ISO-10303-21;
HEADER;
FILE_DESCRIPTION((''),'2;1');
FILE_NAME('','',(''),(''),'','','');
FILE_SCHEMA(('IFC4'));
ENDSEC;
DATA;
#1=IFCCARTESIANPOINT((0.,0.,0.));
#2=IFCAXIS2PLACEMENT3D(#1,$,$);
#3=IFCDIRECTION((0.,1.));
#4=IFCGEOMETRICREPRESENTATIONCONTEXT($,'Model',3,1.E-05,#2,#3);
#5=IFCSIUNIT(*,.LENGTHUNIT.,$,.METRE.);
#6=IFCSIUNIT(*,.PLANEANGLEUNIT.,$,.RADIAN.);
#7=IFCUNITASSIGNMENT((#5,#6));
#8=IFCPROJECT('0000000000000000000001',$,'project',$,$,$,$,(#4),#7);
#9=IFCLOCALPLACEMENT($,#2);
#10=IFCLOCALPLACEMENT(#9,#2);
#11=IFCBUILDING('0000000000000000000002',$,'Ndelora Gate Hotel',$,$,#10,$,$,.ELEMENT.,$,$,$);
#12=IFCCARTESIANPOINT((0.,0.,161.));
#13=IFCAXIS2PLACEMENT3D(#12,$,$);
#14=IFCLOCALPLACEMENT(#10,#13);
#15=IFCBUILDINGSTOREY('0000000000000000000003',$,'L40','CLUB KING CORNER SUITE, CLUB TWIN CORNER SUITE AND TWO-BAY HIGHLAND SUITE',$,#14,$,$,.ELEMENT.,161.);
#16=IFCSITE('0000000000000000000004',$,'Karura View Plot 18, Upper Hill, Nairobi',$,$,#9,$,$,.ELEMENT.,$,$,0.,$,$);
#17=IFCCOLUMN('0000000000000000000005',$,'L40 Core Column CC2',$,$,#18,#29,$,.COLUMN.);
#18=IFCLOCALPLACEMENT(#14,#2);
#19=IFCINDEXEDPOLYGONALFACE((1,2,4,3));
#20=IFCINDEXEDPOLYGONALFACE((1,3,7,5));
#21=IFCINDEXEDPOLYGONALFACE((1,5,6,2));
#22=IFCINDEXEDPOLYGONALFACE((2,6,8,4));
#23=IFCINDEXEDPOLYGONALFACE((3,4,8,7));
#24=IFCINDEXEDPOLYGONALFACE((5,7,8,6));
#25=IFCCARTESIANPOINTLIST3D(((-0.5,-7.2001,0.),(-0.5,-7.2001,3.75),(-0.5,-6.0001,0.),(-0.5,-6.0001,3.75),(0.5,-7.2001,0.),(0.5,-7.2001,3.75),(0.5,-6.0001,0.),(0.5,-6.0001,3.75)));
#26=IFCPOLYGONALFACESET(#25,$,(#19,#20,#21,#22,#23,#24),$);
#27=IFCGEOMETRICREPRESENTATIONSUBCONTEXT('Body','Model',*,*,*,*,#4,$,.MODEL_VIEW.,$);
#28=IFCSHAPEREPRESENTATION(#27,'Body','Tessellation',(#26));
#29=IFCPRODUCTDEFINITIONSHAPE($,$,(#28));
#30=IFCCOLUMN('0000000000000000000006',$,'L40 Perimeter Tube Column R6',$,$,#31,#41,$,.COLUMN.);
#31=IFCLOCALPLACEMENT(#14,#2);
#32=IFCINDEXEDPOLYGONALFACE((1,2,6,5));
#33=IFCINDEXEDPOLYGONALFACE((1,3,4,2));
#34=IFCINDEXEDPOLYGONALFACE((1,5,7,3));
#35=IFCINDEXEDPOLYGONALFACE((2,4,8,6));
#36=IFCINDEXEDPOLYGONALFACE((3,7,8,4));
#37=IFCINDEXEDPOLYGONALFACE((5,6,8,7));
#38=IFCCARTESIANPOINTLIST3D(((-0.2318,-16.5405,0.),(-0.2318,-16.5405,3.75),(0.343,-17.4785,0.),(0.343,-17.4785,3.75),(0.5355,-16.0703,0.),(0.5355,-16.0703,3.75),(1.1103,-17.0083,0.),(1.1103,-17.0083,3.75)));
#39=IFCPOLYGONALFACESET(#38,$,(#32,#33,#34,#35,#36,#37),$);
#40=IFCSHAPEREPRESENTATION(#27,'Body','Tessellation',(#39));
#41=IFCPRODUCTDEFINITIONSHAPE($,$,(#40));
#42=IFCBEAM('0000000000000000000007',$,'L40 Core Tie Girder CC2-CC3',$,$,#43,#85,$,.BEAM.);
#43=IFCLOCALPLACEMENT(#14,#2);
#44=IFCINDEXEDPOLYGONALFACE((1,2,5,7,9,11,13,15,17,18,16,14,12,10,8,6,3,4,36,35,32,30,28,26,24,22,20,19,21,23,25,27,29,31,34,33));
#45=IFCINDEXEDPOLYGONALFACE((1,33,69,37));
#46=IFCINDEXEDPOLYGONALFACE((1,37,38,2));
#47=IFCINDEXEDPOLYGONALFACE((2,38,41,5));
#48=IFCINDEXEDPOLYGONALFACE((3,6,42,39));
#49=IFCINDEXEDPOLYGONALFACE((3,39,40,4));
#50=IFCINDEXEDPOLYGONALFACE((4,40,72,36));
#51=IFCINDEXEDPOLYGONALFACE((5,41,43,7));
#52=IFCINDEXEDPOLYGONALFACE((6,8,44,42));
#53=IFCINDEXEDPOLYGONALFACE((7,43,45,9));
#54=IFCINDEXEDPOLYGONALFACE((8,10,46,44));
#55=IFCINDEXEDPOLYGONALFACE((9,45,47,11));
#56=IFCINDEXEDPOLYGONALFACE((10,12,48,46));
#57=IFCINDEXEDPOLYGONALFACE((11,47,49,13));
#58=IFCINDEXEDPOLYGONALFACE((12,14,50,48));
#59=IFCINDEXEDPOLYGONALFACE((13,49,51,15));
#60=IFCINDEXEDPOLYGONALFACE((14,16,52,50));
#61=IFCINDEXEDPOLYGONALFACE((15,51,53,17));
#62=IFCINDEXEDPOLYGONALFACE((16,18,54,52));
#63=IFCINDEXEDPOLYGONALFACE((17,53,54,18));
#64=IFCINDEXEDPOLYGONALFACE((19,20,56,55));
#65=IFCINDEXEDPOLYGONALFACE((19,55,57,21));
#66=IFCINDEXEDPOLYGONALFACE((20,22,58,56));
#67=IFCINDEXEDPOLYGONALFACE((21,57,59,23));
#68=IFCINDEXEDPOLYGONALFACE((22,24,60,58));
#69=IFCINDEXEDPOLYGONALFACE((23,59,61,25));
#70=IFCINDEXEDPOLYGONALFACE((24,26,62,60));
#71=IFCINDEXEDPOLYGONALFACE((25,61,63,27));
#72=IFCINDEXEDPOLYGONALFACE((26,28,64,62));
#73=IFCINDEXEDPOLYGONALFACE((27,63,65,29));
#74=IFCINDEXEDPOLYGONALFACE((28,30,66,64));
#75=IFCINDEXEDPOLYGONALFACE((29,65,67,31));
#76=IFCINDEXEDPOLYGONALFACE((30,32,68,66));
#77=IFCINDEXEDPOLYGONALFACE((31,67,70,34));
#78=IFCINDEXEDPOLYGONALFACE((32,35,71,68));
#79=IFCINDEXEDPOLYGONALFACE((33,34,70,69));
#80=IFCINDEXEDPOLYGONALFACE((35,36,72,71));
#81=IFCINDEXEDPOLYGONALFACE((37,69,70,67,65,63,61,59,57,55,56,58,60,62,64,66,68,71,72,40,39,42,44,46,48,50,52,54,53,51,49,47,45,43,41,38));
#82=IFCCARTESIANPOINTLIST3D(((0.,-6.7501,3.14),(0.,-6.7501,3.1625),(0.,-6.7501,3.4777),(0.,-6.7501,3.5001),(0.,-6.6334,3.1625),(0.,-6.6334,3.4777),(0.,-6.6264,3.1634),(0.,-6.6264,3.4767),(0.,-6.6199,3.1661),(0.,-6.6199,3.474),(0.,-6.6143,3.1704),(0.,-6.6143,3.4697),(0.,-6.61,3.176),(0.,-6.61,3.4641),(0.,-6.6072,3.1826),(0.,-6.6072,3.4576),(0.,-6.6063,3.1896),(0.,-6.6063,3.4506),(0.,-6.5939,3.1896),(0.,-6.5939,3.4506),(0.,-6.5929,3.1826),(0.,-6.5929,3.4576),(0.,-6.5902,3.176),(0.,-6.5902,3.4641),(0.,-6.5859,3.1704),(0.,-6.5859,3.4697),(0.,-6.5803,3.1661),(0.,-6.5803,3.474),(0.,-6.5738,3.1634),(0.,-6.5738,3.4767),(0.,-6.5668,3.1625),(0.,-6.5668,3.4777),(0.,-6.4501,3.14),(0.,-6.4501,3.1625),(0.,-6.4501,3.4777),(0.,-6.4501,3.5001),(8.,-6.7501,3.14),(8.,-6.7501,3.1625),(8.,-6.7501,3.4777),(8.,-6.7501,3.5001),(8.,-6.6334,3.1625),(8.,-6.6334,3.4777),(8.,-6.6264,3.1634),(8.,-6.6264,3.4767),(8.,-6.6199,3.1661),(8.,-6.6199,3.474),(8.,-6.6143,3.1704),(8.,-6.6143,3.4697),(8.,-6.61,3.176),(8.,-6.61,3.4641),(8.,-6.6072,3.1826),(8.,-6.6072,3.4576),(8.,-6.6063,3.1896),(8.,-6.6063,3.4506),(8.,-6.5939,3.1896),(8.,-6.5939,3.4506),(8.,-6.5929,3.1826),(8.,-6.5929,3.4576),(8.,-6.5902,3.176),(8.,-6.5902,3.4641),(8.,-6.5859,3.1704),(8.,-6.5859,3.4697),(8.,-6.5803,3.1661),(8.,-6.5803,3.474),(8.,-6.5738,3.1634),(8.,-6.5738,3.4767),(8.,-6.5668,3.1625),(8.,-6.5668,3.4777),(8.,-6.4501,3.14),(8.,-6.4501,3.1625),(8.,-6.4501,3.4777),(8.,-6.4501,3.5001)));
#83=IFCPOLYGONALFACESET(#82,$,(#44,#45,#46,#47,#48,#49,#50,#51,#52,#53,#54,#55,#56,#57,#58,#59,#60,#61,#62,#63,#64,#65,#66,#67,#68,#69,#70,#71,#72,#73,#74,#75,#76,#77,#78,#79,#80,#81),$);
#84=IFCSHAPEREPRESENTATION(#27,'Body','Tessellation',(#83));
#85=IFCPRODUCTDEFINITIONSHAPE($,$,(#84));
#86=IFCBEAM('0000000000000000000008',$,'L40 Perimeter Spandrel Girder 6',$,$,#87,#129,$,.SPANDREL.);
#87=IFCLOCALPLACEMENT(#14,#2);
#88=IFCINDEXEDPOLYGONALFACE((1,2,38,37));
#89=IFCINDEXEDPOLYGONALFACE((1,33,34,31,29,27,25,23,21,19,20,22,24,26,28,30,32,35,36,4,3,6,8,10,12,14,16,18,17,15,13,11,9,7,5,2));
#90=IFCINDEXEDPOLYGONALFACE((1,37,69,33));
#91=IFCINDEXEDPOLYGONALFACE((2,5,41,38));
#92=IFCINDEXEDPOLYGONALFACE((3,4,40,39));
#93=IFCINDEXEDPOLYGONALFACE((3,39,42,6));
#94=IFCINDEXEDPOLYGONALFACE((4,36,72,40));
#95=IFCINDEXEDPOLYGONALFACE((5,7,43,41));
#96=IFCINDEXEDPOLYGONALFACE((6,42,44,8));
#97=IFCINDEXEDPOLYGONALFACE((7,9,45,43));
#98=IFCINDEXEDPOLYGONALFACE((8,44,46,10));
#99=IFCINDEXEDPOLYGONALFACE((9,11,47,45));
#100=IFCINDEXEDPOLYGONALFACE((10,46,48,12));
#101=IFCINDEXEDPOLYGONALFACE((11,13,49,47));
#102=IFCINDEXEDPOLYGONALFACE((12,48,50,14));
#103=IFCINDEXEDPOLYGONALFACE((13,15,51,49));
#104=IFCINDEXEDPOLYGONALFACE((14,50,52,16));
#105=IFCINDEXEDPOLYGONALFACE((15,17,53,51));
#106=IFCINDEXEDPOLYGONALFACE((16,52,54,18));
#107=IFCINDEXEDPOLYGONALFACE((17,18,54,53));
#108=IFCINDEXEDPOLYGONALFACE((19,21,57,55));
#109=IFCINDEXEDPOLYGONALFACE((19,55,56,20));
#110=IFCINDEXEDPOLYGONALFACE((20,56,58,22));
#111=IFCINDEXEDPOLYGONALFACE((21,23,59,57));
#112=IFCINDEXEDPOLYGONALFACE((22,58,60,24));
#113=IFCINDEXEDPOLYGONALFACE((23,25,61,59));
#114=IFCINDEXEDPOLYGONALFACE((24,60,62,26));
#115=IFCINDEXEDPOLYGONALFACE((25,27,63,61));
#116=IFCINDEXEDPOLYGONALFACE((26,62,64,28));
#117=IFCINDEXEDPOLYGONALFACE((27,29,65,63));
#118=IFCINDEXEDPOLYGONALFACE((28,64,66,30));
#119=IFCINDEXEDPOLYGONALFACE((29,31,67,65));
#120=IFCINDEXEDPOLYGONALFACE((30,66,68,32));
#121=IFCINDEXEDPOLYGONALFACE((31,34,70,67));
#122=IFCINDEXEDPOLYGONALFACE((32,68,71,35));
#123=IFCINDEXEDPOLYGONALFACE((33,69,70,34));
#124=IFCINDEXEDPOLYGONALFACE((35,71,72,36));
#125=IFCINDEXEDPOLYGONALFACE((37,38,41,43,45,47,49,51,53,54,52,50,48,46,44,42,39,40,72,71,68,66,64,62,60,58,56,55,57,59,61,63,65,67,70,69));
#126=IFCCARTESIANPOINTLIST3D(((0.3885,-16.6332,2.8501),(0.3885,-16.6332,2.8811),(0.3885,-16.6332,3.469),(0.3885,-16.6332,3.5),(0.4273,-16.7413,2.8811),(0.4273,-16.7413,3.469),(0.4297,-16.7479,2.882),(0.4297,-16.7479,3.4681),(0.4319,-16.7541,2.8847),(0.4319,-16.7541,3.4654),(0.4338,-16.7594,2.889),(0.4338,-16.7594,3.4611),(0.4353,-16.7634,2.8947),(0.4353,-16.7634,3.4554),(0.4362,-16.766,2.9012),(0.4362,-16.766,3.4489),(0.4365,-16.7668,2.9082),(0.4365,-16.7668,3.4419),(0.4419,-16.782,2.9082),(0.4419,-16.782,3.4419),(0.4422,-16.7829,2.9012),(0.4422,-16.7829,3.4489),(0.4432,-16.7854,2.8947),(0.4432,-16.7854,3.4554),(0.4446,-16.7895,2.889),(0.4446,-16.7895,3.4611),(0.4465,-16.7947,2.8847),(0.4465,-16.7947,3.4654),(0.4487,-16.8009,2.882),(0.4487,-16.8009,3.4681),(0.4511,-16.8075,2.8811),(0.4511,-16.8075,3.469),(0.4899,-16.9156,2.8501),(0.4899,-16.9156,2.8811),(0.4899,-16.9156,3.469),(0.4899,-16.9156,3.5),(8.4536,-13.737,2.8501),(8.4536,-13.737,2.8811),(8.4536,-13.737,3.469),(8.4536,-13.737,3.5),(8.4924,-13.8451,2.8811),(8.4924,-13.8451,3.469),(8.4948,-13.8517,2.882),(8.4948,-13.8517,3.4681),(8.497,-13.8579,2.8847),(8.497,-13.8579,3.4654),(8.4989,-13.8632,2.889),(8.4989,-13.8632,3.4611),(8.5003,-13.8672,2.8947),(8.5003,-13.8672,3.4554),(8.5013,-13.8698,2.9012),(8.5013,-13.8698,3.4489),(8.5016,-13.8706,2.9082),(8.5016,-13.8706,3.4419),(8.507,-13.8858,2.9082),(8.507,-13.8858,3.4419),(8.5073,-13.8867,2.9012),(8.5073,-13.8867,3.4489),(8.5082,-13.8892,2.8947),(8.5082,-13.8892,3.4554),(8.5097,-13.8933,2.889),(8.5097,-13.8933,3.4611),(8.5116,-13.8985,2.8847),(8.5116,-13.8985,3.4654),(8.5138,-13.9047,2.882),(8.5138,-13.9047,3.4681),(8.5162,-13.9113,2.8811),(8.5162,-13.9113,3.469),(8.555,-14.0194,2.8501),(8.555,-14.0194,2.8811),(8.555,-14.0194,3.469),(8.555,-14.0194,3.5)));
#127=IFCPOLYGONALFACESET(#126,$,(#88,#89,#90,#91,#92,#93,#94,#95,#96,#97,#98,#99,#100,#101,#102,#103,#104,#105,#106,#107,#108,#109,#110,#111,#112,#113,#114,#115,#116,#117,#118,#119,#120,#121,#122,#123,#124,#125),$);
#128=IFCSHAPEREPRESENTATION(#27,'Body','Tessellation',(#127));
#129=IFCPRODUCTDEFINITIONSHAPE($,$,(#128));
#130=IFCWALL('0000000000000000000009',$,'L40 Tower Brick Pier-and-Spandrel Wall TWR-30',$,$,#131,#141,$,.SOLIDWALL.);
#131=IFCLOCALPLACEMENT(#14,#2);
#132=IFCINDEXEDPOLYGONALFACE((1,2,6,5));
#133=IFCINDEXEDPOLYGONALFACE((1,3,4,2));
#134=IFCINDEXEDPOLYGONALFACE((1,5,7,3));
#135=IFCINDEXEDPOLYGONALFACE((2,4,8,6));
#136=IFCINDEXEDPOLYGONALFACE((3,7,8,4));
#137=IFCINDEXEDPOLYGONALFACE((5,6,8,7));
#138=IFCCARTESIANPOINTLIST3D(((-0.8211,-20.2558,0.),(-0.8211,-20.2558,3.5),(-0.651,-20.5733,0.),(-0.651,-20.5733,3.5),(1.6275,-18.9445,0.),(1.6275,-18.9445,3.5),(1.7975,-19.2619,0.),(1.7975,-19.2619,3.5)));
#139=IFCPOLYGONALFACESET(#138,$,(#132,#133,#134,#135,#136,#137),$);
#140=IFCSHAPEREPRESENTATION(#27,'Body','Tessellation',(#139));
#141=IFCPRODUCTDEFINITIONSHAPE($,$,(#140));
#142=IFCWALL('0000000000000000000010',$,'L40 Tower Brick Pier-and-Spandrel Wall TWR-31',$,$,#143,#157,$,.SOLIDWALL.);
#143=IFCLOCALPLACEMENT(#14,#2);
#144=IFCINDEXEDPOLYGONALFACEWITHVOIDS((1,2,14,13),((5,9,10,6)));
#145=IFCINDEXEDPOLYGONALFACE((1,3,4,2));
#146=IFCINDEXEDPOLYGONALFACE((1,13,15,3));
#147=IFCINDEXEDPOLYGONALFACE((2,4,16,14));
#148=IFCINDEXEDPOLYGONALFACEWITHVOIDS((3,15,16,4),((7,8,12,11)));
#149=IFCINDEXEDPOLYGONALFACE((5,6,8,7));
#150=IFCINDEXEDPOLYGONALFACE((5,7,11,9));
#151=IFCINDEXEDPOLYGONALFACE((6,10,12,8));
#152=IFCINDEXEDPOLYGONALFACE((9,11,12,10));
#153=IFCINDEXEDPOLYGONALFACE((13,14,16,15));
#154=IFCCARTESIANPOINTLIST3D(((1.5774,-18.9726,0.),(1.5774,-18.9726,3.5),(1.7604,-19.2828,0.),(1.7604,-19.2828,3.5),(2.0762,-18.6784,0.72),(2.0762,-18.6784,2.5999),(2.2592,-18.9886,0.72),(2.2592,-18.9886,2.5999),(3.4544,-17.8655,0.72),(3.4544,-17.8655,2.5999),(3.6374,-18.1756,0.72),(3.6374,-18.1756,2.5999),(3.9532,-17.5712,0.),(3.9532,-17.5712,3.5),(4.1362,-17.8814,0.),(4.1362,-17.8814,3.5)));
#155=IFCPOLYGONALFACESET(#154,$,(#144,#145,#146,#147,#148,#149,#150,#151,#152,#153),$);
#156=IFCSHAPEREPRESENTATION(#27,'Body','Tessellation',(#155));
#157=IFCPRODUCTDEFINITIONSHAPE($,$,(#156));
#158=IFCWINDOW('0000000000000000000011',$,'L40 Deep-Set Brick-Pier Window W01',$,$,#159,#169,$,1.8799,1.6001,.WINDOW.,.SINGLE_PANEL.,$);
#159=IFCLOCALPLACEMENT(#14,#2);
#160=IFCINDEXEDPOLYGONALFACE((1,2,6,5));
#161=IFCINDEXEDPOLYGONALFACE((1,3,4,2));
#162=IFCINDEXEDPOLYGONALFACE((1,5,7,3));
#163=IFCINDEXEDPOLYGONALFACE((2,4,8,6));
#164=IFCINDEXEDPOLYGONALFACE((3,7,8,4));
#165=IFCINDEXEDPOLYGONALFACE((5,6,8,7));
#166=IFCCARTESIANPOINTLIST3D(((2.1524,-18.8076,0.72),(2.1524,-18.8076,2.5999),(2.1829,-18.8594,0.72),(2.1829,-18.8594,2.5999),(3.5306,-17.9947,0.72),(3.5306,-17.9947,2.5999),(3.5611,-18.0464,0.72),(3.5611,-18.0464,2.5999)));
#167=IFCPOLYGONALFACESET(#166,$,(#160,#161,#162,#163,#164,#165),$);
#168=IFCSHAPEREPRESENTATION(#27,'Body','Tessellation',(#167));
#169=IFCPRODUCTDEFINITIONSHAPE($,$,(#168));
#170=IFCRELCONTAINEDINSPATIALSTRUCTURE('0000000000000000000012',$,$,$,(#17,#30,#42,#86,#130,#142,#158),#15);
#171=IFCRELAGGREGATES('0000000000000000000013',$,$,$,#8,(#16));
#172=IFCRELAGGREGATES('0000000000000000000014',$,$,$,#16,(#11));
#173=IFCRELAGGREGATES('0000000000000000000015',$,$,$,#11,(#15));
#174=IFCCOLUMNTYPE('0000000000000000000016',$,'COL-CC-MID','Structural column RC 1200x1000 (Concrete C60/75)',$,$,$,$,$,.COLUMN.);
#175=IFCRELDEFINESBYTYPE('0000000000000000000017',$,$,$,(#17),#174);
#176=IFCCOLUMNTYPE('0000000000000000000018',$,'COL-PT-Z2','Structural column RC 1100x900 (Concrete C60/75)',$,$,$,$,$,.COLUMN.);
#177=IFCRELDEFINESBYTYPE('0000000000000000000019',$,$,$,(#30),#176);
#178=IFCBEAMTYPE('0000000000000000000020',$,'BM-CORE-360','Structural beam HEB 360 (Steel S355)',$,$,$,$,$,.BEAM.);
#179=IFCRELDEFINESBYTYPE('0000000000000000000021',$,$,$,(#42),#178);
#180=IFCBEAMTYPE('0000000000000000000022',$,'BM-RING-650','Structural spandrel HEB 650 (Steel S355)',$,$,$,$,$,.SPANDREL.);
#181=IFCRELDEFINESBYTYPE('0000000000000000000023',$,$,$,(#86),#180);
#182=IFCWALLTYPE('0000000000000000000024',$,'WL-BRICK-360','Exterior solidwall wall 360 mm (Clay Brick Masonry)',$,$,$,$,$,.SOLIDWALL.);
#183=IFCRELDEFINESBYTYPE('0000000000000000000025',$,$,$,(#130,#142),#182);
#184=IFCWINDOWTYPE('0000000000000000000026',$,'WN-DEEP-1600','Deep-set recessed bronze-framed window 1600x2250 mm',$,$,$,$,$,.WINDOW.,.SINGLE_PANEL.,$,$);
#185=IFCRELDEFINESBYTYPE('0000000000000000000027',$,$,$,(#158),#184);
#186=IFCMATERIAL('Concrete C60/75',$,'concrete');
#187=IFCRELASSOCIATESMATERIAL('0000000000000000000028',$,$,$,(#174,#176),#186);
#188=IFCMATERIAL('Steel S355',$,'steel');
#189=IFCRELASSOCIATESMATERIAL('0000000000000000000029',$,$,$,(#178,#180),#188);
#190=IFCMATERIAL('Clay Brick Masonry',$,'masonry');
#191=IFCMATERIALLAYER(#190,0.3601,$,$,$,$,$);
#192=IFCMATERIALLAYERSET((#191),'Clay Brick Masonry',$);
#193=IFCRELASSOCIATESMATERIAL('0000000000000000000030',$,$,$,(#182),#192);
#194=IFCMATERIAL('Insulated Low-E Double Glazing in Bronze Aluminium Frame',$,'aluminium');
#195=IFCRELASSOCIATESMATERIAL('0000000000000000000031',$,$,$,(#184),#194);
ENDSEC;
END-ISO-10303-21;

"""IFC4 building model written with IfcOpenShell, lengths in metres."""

from ifc_helpers import new_model, si_unit, direction, frame, frame_2d, origin, origin_2d, place, context, subcontext, project, spatial, rectangle, i_section, extrude, material, layer, layer_set, material_profile, profile_set, type_object, element, fill, save


model = new_model("IFC4")

# Units and contexts
model_context = context("Model", 3, precision=1e-05, world=origin(), true_north=direction((0.0, 1.0)))
body_context = subcontext(model_context, "Body", "Model", "MODEL_VIEW")
ifc_project = project(units=[si_unit("LENGTHUNIT", "METRE"), si_unit("PLANEANGLEUNIT", "RADIAN")], contexts=[model_context])

# Site, building, storey
site_placement = place(None, origin())
site = spatial("IfcSite", under=ifc_project, at=site_placement, Name="Karura View Plot 18, Upper Hill, Nairobi", CompositionType="ELEMENT", RefElevation=0.0)
building_placement = place(site_placement, origin())
building = spatial("IfcBuilding", under=site, at=building_placement, Name="Ndelora Gate Hotel", CompositionType="ELEMENT")
storey_placement = place(building_placement, frame((0.0, 0.0, 161.0)))
storey = spatial("IfcBuildingStorey", under=building, at=storey_placement, Name="L40", Description="CLUB KING CORNER SUITE, CLUB TWIN CORNER SUITE AND TWO-BAY HIGHLAND SUITE", CompositionType="ELEMENT", Elevation=161.0)

# Columns
ifc_material_1 = material(Name="Concrete C60/75", Category="concrete")
ifc_material_profile_1 = material_profile(ifc_material_1, rectangle(XDim=1.0, YDim=1.2, at=origin_2d()), Name="RC 1200x1000")
ifc_profile_set_1 = profile_set([ifc_material_profile_1], Name="Concrete C60/75")
column_type_1 = type_object("IfcColumnType", Name="COL-CC-MID", Description="Structural column RC 1200x1000 (Concrete C60/75)", PredefinedType="COLUMN", material=ifc_profile_set_1)
column_1_placement = place(storey_placement, frame((0.0, -6.6001, 0.0), z_axis=(0.0, 0.0, 1.0), x_axis=(1.0, 0.0, 0.0)))
element("IfcColumn", 1, at=column_1_placement, inside=storey, type_object=column_type_1, Name="L40 Core Column CC2", PredefinedType="COLUMN", context=body_context, shape_type="SweptSolid", body=[
    extrude(rectangle(XDim=1.0, YDim=1.2, at=origin_2d()), origin(), (0.0, 0.0, 1.0), 3.75),
])
ifc_material_profile_2 = material_profile(ifc_material_1, rectangle(XDim=0.8999, YDim=1.1001, at=origin_2d()), Name="RC 1100x900")
ifc_profile_set_2 = profile_set([ifc_material_profile_2], Name="Concrete C60/75")
column_type_2 = type_object("IfcColumnType", Name="COL-PT-Z2", Description="Structural column RC 1100x900 (Concrete C60/75)", PredefinedType="COLUMN", material=ifc_profile_set_2)
column_2_placement = place(storey_placement, frame((0.4392, -16.7744, 0.0), z_axis=(0.0, 0.0, 1.0), x_axis=(0.85264, 0.522499, 0.0)))
element("IfcColumn", 2, at=column_2_placement, inside=storey, type_object=column_type_2, Name="L40 Perimeter Tube Column R6", PredefinedType="COLUMN", context=body_context, shape_type="SweptSolid", body=[
    extrude(rectangle(XDim=0.8999, YDim=1.1001, at=origin_2d()), origin(), (0.0, 0.0, 1.0), 3.75),
])

# Beams
ifc_material_2 = material(Name="Steel S355", Category="steel")
ifc_material_profile_3 = material_profile(ifc_material_2, i_section(OverallWidth=0.3, OverallDepth=0.3601, WebThickness=0.0125, FlangeThickness=0.0225, FilletRadius=0.0271, at=origin_2d()), Name="HEB 360")
ifc_profile_set_3 = profile_set([ifc_material_profile_3], Name="Steel S355")
beam_type_1 = type_object("IfcBeamType", Name="BM-CORE-360", Description="Structural beam HEB 360 (Steel S355)", PredefinedType="BEAM", material=ifc_profile_set_3)
beam_1_placement = place(storey_placement, frame((0.0, -6.6001, 3.3201), z_axis=(1.0, 0.0, 0.0), x_axis=(0.0, 1.0, 0.0)))
element("IfcBeam", 3, at=beam_1_placement, inside=storey, type_object=beam_type_1, Name="L40 Core Tie Girder CC2-CC3", PredefinedType="BEAM", context=body_context, shape_type="SweptSolid", body=[
    extrude(i_section(OverallWidth=0.3, OverallDepth=0.3601, WebThickness=0.0125, FlangeThickness=0.0225, FilletRadius=0.0271, at=origin_2d()), origin(), (0.0, 0.0, 1.0), 8.0),
])
ifc_material_profile_4 = material_profile(ifc_material_2, i_section(OverallWidth=0.3, OverallDepth=0.6499, WebThickness=0.0161, FlangeThickness=0.031, FilletRadius=0.0271, at=origin_2d()), Name="HEB 650")
ifc_profile_set_4 = profile_set([ifc_material_profile_4], Name="Steel S355")
beam_type_2 = type_object("IfcBeamType", Name="BM-RING-650", Description="Structural spandrel HEB 650 (Steel S355)", PredefinedType="SPANDREL", material=ifc_profile_set_4)
beam_2_placement = place(storey_placement, frame((0.4392, -16.7744, 3.175), z_axis=(0.941156, 0.337973, 0.0), x_axis=(-0.337973, 0.941156, 0.0)))
element("IfcBeam", 4, at=beam_2_placement, inside=storey, type_object=beam_type_2, Name="L40 Perimeter Spandrel Girder 6", PredefinedType="SPANDREL", context=body_context, shape_type="SweptSolid", body=[
    extrude(i_section(OverallWidth=0.3, OverallDepth=0.6499, WebThickness=0.0161, FlangeThickness=0.031, FilletRadius=0.0271, at=origin_2d()), origin(), (0.0, 0.0, 1.0), 8.5693),
])

# Wall
ifc_material_3 = material(Name="Clay Brick Masonry", Category="masonry")
ifc_layer_1 = layer(ifc_material_3, 0.3601)
ifc_layer_set_1 = layer_set([ifc_layer_1], Name="Clay Brick Masonry")
wall_type_1 = type_object("IfcWallType", Name="WL-BRICK-360", Description="Exterior solidwall wall 360 mm (Clay Brick Masonry)", PredefinedType="SOLIDWALL", material=ifc_layer_set_1)
wall_1_placement = place(storey_placement, frame((1.7124, -19.1033, 0.0), z_axis=(0.0, 0.0, 1.0), x_axis=(-0.881541, -0.472107, 0.0)))
element("IfcWall", 5, at=wall_1_placement, inside=storey, type_object=wall_type_1, Name="L40 Tower Brick Pier-and-Spandrel Wall TWR-30", PredefinedType="SOLIDWALL", context=body_context, shape_type="SweptSolid", body=[
    extrude(rectangle(XDim=2.7776, YDim=0.3601, at=frame_2d((1.3887, 0.0))), origin(), (0.0, 0.0, 1.0), 3.5),
])

# Wall, opening, window
wall_2_placement = place(storey_placement, frame((4.0447, -17.7263, 0.0), z_axis=(0.0, 0.0, 1.0), x_axis=(-0.861319, -0.508064, 0.0)))
wall_2 = element("IfcWall", 6, at=wall_2_placement, inside=storey, type_object=wall_type_1, Name="L40 Tower Brick Pier-and-Spandrel Wall TWR-31", PredefinedType="SOLIDWALL", context=body_context, shape_type="SweptSolid", body=[
    extrude(rectangle(XDim=2.7583, YDim=0.3601, at=frame_2d((1.3792, 0.0))), origin(), (0.0, 0.0, 1.0), 3.5),
])
opening_1_placement = place(wall_2_placement, frame((0.5791, 0.0, 0.72)))
opening_1 = element("IfcOpeningElement", 7, at=opening_1_placement, cuts=wall_2, PredefinedType="OPENING", context=body_context, shape_type="SweptSolid", body=[
    extrude(rectangle(XDim=1.6001, YDim=1.8799, at=frame_2d((0.8, 0.9399))), frame((0.0, 0.1899, 0.0), z_axis=(0.0, -1.0, 0.0), x_axis=(1.0, 0.0, 0.0)), (0.0, 0.0, 1.0), 0.3801),
])
ifc_material_4 = material(Name="Insulated Low-E Double Glazing in Bronze Aluminium Frame", Category="aluminium")
window_type = type_object("IfcWindowType", Name="WN-DEEP-1600", Description="Deep-set recessed bronze-framed window 1600x2250 mm", PartitioningType="SINGLE_PANEL", PredefinedType="WINDOW", material=ifc_material_4)
window_placement = place(opening_1_placement, origin())
window = element("IfcWindow", 8, at=window_placement, inside=storey, type_object=window_type, Name="L40 Deep-Set Brick-Pier Window W01", OverallHeight=1.8799, OverallWidth=1.6001, PartitioningType="SINGLE_PANEL", PredefinedType="WINDOW", context=body_context, shape_type="SweptSolid", body=[
    extrude(rectangle(XDim=1.6001, YDim=1.8799, at=frame_2d((0.8, 0.9399))), frame((0.0, 0.03, 0.0), z_axis=(0.0, -1.0, 0.0), x_axis=(1.0, 0.0, 0.0)), (0.0, 0.0, 1.0), 0.0601),
])
fill(opening_1, window)

save(model, "model.ifc")
